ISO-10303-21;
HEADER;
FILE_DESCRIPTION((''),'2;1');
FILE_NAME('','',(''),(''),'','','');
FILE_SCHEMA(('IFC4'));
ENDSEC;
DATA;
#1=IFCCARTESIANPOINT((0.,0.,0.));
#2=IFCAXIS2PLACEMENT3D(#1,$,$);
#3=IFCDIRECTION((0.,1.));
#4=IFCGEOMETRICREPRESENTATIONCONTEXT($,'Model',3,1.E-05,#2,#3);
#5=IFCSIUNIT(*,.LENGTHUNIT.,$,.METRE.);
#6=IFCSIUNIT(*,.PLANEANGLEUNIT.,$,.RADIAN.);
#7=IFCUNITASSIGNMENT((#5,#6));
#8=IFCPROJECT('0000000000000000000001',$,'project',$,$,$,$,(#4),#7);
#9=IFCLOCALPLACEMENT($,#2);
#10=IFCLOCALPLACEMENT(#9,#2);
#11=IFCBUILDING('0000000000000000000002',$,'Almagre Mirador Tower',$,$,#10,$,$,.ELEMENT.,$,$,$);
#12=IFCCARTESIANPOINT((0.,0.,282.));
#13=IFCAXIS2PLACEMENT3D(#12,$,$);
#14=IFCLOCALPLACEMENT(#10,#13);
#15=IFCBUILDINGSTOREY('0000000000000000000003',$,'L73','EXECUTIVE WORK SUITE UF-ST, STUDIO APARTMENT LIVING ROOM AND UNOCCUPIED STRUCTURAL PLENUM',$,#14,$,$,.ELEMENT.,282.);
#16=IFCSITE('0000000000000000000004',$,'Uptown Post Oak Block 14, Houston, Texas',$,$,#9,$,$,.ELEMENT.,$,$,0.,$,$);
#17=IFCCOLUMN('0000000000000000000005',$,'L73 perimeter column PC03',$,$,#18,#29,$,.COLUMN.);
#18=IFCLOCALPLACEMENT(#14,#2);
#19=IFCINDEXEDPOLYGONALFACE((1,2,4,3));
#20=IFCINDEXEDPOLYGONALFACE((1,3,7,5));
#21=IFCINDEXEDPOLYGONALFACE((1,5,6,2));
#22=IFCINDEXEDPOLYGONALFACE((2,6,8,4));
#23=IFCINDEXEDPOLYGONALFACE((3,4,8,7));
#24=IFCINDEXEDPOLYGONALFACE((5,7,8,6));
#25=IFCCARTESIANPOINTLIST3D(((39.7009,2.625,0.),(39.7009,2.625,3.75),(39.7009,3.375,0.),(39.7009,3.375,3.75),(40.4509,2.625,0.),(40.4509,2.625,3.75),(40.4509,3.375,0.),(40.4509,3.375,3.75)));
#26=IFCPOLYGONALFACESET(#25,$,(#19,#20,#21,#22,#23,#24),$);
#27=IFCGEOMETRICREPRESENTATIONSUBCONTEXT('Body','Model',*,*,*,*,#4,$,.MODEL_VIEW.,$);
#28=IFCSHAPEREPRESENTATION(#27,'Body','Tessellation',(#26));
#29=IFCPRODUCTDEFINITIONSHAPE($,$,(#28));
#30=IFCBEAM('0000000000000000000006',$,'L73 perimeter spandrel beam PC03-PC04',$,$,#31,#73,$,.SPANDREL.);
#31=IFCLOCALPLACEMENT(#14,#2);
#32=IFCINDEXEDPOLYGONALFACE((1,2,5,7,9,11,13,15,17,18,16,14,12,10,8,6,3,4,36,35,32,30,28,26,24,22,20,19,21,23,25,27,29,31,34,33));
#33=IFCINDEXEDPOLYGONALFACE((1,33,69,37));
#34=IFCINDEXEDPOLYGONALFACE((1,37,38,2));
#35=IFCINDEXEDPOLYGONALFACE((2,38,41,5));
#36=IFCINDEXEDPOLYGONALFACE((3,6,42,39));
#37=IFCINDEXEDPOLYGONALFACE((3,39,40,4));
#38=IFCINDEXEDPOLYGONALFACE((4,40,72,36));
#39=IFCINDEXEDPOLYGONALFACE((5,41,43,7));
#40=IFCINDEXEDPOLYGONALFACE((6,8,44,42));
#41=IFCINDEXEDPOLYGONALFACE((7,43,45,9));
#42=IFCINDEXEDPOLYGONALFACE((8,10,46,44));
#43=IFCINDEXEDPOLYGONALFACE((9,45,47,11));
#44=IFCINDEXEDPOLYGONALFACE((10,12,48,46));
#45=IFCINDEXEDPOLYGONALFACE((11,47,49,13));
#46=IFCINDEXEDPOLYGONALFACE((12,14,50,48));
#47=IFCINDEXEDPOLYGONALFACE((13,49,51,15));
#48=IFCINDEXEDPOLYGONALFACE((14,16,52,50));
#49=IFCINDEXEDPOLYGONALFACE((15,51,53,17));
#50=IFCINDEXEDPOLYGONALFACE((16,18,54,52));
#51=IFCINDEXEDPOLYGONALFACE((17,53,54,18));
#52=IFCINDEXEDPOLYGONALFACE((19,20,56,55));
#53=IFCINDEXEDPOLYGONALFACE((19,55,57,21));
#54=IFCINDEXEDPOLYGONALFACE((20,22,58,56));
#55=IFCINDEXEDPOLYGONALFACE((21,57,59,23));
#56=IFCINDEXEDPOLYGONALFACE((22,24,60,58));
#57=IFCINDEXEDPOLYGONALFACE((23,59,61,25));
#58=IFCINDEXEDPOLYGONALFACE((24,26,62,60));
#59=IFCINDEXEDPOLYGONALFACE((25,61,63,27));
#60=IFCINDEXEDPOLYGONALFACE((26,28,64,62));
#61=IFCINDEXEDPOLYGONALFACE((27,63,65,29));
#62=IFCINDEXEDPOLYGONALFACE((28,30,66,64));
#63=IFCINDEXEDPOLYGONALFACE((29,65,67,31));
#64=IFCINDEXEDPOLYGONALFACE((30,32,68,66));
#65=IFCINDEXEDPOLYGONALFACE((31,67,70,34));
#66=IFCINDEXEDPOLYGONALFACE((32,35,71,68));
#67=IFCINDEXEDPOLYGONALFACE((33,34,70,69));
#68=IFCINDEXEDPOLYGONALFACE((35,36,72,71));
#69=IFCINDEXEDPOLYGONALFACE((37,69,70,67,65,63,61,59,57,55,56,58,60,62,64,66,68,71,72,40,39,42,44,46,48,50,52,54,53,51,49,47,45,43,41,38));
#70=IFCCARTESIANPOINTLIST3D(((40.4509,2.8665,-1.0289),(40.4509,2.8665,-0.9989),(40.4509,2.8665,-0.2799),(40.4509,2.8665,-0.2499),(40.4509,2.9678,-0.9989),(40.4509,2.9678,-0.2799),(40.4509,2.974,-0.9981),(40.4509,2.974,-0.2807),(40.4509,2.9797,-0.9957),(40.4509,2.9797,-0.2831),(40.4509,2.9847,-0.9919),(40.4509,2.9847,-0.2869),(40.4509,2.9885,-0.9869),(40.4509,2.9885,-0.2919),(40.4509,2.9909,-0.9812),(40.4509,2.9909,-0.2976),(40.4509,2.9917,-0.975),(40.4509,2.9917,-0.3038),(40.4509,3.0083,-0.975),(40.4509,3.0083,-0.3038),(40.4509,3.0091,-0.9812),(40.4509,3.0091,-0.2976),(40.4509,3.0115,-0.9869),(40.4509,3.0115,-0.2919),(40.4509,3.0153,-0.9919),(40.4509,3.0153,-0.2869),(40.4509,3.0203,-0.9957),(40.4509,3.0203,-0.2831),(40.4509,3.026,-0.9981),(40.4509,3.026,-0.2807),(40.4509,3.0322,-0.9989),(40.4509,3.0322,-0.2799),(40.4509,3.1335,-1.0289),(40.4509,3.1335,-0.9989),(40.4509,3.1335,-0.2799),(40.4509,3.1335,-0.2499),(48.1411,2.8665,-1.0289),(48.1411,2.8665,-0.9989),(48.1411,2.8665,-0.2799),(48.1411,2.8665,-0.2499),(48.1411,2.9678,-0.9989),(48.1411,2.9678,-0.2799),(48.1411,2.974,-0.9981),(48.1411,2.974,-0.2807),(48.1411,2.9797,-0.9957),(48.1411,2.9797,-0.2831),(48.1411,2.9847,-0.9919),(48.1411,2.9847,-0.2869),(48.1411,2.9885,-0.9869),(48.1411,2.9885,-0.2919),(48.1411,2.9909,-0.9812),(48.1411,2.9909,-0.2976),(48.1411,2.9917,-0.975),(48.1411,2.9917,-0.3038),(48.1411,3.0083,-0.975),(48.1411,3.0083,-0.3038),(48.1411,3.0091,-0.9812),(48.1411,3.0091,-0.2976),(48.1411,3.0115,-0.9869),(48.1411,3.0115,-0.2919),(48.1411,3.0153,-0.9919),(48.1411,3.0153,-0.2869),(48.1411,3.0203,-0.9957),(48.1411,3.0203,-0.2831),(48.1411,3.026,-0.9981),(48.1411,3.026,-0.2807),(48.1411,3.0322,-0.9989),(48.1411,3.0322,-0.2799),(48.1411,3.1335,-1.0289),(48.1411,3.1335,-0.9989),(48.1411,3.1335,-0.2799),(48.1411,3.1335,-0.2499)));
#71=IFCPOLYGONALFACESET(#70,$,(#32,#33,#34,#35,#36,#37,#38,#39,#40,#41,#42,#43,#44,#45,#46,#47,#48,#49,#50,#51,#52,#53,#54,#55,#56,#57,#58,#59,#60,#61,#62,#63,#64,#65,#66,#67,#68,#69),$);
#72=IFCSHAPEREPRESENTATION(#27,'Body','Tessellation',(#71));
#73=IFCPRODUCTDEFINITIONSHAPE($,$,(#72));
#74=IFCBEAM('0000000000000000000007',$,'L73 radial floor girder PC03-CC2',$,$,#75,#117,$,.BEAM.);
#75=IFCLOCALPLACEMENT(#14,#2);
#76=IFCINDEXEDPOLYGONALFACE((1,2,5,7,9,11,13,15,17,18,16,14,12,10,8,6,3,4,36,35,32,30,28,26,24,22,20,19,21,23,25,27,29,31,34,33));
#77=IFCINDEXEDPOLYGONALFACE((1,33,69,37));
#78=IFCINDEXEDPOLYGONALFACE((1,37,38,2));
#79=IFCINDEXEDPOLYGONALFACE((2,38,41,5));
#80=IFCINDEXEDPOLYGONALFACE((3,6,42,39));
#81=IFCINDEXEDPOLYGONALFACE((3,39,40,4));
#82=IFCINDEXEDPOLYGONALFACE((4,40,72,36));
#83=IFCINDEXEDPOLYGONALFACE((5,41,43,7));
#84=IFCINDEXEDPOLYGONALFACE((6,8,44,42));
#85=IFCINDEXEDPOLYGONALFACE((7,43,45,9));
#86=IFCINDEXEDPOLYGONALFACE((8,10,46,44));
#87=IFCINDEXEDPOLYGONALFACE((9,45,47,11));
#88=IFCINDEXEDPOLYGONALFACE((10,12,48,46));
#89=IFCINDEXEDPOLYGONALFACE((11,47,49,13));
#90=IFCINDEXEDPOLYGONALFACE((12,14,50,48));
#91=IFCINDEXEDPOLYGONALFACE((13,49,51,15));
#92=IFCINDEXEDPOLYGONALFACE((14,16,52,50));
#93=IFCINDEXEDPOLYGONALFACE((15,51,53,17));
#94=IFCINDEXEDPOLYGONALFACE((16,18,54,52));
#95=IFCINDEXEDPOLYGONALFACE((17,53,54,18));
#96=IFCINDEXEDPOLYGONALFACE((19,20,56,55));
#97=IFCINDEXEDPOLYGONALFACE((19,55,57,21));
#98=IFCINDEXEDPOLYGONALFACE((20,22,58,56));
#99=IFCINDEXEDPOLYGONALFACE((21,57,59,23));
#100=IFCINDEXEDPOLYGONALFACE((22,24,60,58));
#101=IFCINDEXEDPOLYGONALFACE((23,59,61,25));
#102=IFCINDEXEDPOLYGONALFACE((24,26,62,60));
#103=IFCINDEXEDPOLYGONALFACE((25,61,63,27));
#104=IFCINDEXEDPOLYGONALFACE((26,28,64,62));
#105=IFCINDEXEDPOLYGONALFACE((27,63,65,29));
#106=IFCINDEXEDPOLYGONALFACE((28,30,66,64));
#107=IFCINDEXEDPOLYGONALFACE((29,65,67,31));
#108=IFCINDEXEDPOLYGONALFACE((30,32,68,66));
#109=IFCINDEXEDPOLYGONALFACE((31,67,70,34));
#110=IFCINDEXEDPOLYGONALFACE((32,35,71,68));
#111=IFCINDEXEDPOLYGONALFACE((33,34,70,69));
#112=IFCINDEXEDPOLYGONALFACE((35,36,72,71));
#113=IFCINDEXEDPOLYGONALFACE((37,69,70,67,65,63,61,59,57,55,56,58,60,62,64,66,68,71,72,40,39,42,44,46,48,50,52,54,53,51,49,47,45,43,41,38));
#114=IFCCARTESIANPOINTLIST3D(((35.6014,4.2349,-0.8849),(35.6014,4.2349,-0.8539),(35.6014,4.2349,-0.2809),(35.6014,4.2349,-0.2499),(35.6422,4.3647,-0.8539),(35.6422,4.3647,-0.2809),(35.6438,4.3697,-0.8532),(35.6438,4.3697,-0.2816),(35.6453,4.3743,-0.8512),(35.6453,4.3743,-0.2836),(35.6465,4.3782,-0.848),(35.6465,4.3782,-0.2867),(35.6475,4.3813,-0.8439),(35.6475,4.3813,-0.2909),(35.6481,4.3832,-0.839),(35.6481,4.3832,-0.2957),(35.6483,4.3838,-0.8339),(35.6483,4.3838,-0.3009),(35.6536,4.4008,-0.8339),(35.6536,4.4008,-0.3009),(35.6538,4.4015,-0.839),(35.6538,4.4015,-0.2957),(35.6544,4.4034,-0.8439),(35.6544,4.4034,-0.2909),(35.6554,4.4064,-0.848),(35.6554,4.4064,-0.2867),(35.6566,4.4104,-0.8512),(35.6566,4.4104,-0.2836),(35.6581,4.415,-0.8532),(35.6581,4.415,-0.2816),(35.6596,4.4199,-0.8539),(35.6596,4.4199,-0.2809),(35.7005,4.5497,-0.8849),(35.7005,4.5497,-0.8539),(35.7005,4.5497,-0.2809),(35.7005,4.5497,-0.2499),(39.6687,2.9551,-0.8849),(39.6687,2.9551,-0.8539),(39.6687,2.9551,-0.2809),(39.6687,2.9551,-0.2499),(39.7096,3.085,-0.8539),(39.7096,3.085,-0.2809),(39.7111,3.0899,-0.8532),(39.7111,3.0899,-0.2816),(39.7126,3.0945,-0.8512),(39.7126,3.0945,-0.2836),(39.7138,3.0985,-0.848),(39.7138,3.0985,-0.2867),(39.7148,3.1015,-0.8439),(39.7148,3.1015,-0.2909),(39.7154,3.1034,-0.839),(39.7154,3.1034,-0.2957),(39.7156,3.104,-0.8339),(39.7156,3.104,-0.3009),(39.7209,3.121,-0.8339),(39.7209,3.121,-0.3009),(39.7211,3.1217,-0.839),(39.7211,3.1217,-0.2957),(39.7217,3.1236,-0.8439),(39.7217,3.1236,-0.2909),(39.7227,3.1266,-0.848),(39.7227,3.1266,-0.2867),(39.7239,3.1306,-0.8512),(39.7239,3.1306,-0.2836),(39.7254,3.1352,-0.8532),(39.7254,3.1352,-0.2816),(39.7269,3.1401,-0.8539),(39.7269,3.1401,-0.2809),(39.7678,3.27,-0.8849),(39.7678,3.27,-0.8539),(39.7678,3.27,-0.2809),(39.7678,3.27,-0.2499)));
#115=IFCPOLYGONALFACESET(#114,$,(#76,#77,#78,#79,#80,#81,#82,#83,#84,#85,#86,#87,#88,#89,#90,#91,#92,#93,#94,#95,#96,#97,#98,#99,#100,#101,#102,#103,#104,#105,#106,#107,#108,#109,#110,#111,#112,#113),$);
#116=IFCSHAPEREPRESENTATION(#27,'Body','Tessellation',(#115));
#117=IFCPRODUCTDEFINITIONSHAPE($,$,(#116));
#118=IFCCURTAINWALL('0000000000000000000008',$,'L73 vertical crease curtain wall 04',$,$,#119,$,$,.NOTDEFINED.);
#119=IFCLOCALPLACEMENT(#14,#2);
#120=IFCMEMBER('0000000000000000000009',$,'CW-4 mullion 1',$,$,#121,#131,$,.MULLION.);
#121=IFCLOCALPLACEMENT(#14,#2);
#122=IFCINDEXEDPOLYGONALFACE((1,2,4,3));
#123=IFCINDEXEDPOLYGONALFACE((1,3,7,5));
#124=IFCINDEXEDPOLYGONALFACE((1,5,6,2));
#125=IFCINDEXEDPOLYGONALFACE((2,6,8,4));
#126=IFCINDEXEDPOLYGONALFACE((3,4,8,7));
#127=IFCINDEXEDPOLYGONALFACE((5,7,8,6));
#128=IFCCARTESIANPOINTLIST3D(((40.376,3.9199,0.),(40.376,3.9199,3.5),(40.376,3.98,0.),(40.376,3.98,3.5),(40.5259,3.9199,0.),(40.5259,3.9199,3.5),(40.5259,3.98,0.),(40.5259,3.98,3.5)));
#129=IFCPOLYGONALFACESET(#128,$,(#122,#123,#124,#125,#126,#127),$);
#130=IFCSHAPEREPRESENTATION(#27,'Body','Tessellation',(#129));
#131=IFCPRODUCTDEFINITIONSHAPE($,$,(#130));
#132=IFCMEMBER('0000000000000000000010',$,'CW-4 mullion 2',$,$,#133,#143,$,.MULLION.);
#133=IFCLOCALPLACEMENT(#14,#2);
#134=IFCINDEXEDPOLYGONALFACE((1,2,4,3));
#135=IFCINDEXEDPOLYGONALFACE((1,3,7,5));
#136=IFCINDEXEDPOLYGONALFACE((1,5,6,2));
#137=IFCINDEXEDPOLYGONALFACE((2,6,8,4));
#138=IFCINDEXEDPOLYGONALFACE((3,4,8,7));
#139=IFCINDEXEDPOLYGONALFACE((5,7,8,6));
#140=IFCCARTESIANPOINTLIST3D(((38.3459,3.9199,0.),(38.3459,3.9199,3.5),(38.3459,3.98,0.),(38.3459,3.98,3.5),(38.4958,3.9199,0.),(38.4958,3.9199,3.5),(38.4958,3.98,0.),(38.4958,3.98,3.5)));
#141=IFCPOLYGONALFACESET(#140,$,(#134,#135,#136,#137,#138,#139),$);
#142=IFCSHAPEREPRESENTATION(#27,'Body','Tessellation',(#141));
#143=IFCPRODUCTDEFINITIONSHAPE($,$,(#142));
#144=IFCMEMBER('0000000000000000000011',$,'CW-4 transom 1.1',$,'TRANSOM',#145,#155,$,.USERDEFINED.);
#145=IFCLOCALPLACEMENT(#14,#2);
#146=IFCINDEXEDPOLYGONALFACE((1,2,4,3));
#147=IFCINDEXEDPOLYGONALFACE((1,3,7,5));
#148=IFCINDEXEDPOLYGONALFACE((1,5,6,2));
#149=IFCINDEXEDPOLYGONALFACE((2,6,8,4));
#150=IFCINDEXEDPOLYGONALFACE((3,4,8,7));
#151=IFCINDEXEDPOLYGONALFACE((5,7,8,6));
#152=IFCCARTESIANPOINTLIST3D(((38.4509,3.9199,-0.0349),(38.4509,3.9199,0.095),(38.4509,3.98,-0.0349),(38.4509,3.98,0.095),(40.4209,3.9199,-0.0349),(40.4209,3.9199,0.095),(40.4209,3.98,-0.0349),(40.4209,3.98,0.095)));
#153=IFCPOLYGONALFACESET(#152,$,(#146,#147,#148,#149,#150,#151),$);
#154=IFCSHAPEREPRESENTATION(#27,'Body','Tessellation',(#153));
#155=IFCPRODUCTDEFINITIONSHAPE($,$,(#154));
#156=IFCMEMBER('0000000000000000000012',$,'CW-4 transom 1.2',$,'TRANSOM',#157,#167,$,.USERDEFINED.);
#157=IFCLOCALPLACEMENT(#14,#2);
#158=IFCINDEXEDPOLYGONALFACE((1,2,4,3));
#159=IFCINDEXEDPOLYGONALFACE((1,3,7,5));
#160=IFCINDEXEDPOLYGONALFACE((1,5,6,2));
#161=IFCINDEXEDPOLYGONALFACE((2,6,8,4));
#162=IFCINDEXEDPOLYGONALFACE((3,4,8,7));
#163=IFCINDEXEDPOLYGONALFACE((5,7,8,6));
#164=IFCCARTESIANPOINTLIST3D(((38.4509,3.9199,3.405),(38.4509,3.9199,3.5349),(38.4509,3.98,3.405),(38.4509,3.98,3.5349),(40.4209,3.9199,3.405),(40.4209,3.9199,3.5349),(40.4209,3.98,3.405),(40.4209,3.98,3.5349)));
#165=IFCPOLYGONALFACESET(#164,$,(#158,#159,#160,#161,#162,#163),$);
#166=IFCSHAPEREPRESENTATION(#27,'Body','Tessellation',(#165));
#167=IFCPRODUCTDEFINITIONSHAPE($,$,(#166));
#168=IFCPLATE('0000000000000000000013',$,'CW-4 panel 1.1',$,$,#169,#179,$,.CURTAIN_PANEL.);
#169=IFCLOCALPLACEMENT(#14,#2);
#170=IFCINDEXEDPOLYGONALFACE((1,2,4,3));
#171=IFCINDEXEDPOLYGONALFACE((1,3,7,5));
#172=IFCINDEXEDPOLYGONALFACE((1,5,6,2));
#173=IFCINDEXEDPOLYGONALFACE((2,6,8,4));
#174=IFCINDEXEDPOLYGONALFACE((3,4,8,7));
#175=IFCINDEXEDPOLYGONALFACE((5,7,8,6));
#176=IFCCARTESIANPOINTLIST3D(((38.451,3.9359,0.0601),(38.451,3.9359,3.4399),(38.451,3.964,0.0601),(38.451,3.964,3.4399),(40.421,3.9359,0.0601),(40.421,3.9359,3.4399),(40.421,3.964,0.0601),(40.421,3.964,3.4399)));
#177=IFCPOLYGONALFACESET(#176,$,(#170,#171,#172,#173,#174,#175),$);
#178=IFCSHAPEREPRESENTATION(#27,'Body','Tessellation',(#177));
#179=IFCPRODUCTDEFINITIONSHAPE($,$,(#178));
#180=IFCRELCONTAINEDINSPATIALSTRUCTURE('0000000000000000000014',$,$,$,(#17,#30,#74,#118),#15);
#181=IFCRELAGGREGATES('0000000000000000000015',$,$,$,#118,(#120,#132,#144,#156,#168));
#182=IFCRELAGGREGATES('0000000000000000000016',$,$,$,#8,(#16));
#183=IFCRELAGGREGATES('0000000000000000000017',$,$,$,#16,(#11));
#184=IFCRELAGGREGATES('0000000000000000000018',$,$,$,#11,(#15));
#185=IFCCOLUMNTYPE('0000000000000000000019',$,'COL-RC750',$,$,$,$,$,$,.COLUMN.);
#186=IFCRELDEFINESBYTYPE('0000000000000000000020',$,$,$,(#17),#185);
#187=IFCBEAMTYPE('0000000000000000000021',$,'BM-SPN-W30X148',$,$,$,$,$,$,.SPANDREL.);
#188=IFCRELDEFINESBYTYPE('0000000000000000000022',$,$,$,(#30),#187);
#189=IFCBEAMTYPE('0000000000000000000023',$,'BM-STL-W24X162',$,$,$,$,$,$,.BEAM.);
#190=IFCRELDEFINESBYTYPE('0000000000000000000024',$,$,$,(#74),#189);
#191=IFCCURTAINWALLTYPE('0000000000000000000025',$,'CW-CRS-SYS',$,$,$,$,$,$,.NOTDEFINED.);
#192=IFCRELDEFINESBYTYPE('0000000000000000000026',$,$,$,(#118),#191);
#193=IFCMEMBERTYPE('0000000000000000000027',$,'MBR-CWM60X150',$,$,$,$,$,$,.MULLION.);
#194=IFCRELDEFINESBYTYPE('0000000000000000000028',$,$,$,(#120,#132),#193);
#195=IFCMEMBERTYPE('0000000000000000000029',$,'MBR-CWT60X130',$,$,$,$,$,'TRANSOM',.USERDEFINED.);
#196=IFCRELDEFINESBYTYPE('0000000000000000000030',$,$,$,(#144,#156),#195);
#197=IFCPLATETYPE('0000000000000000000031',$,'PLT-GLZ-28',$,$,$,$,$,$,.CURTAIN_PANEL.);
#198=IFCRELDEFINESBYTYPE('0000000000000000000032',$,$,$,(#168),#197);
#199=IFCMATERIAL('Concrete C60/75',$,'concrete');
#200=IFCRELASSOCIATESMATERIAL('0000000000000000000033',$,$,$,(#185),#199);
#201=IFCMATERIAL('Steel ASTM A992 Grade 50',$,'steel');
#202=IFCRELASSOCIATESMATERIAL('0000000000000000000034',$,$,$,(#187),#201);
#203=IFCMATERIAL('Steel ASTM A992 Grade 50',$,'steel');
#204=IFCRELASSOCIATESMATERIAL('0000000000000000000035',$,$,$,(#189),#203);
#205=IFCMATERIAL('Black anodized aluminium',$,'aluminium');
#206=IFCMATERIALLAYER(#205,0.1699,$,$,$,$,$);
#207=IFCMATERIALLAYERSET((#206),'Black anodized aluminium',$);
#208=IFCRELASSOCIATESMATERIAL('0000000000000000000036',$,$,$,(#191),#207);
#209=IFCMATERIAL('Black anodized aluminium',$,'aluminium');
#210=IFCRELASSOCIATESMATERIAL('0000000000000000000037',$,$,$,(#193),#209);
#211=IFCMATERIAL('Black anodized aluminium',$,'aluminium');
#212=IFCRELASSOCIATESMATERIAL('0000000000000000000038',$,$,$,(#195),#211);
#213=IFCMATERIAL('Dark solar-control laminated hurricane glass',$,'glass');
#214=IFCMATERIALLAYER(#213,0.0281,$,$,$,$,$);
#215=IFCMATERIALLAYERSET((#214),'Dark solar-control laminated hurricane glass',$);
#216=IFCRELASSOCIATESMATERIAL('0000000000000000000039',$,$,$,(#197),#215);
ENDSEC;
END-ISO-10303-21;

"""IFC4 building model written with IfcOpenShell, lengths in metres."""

from ifc_helpers import new_model, si_unit, direction, frame, origin, origin_2d, place, context, subcontext, project, spatial, rectangle, i_section, extrude, material, layer, layer_set, material_profile, profile_set, type_object, element, aggregate, save


model = new_model("IFC4")

# Units and contexts
model_context = context("Model", 3, precision=1e-05, world=origin(), true_north=direction((0.0, 1.0)))
body_context = subcontext(model_context, "Body", "Model", "MODEL_VIEW")
ifc_project = project(units=[si_unit("LENGTHUNIT", "METRE"), si_unit("PLANEANGLEUNIT", "RADIAN")], contexts=[model_context])

# Site, building, storey
site_placement = place(None, origin())
site = spatial("IfcSite", under=ifc_project, at=site_placement, Name="Uptown Post Oak Block 14, Houston, Texas", CompositionType="ELEMENT", RefElevation=0.0)
building_placement = place(site_placement, origin())
building = spatial("IfcBuilding", under=site, at=building_placement, Name="Almagre Mirador Tower", CompositionType="ELEMENT")
storey_placement = place(building_placement, frame((0.0, 0.0, 282.0)))
storey = spatial("IfcBuildingStorey", under=building, at=storey_placement, Name="L73", Description="EXECUTIVE WORK SUITE UF-ST, STUDIO APARTMENT LIVING ROOM AND UNOCCUPIED STRUCTURAL PLENUM", CompositionType="ELEMENT", Elevation=282.0)

# Column
ifc_material_1 = material(Name="Concrete C60/75", Category="concrete")
ifc_material_profile_1 = material_profile(ifc_material_1, rectangle(XDim=0.75, YDim=0.75, at=origin_2d()), Name="RC750X750")
ifc_profile_set_1 = profile_set([ifc_material_profile_1], Name="Concrete C60/75")
column_type = type_object("IfcColumnType", Name="COL-RC750", PredefinedType="COLUMN", material=ifc_profile_set_1)
column_placement = place(storey_placement, frame((40.0759, 3.0, 0.0), z_axis=(0.0, 0.0, 1.0), x_axis=(1.0, 0.0, 0.0)))
element("IfcColumn", 1, at=column_placement, inside=storey, type_object=column_type, Name="L73 perimeter column PC03", PredefinedType="COLUMN", context=body_context, shape_type="SweptSolid", body=[
    extrude(rectangle(XDim=0.75, YDim=0.75, at=origin_2d()), origin(), (0.0, 0.0, 1.0), 3.75),
])

# Beams
ifc_material_2 = material(Name="Steel ASTM A992 Grade 50", Category="steel")
ifc_material_profile_2 = material_profile(ifc_material_2, i_section(OverallWidth=0.2671, OverallDepth=0.7791, WebThickness=0.0166, FlangeThickness=0.03, FilletRadius=0.0239, at=origin_2d()), Name="W30X148")
ifc_profile_set_2 = profile_set([ifc_material_profile_2], Name="Steel ASTM A992 Grade 50")
beam_type_1 = type_object("IfcBeamType", Name="BM-SPN-W30X148", PredefinedType="SPANDREL", material=ifc_profile_set_2)
beam_1_placement = place(storey_placement, frame((40.4509, 3.0, -0.6394), z_axis=(1.0, 0.0, 0.0), x_axis=(0.0, 1.0, 0.0)))
element("IfcBeam", 2, at=beam_1_placement, inside=storey, type_object=beam_type_1, Name="L73 perimeter spandrel beam PC03-PC04", PredefinedType="SPANDREL", context=body_context, shape_type="SweptSolid", body=[
    extrude(i_section(OverallWidth=0.2671, OverallDepth=0.7791, WebThickness=0.0166, FlangeThickness=0.03, FilletRadius=0.0239, at=origin_2d()), origin(), (0.0, 0.0, 1.0), 7.6902),
])
ifc_material_3 = material(Name="Steel ASTM A992 Grade 50", Category="steel")
ifc_material_profile_3 = material_profile(ifc_material_3, i_section(OverallWidth=0.3301, OverallDepth=0.635, WebThickness=0.0178, FlangeThickness=0.031, FilletRadius=0.02, at=origin_2d()), Name="W24X162")
ifc_profile_set_3 = profile_set([ifc_material_profile_3], Name="Steel ASTM A992 Grade 50")
beam_type_2 = type_object("IfcBeamType", Name="BM-STL-W24X162", PredefinedType="BEAM", material=ifc_profile_set_3)
beam_2_placement = place(storey_placement, frame((39.7183, 3.1125, -0.5674), z_axis=(-0.953895, 0.300139, 0.0), x_axis=(-0.300139, -0.953895, 0.0)))
element("IfcBeam", 3, at=beam_2_placement, inside=storey, type_object=beam_type_2, Name="L73 radial floor girder PC03-CC2", PredefinedType="BEAM", context=body_context, shape_type="SweptSolid", body=[
    extrude(i_section(OverallWidth=0.3301, OverallDepth=0.635, WebThickness=0.0178, FlangeThickness=0.031, FilletRadius=0.02, at=origin_2d()), origin(), (0.0, 0.0, 1.0), 4.2639),
])

# Curtain wall, members, plate
ifc_material_4 = material(Name="Black anodized aluminium", Category="aluminium")
ifc_layer_1 = layer(ifc_material_4, 0.1699)
ifc_layer_set_1 = layer_set([ifc_layer_1], Name="Black anodized aluminium")
curtain_wall_type = type_object("IfcCurtainWallType", Name="CW-CRS-SYS", PredefinedType="NOTDEFINED", material=ifc_layer_set_1)
curtain_wall_placement = place(storey_placement, origin())
curtain_wall = element("IfcCurtainWall", 4, at=curtain_wall_placement, inside=storey, type_object=curtain_wall_type, Name="L73 vertical crease curtain wall 04", PredefinedType="NOTDEFINED")
ifc_material_5 = material(Name="Black anodized aluminium", Category="aluminium")
ifc_material_profile_4 = material_profile(ifc_material_5, rectangle(XDim=0.0601, YDim=0.1499, at=origin_2d()), Name="CWM60X150")
ifc_profile_set_4 = profile_set([ifc_material_profile_4], Name="Black anodized aluminium")
member_type_1 = type_object("IfcMemberType", Name="MBR-CWM60X150", PredefinedType="MULLION", material=ifc_profile_set_4)
member_1_placement = place(storey_placement, frame((40.4509, 3.95, 0.0), z_axis=(0.0, 0.0, 1.0), x_axis=(0.0, -1.0, 0.0)))
member_1 = element("IfcMember", 5, at=member_1_placement, type_object=member_type_1, Name="CW-4 mullion 1", PredefinedType="MULLION", context=body_context, shape_type="SweptSolid", body=[
    extrude(rectangle(XDim=0.0601, YDim=0.1499, at=origin_2d()), origin(), (0.0, 0.0, 1.0), 3.5),
])
member_2_placement = place(storey_placement, frame((38.4209, 3.95, 0.0), z_axis=(0.0, 0.0, 1.0), x_axis=(0.0, -1.0, 0.0)))
member_2 = element("IfcMember", 6, at=member_2_placement, type_object=member_type_1, Name="CW-4 mullion 2", PredefinedType="MULLION", context=body_context, shape_type="SweptSolid", body=[
    extrude(rectangle(XDim=0.0601, YDim=0.1499, at=origin_2d()), origin(), (0.0, 0.0, 1.0), 3.5),
])
ifc_material_6 = material(Name="Black anodized aluminium", Category="aluminium")
ifc_material_profile_5 = material_profile(ifc_material_6, rectangle(XDim=0.0601, YDim=0.1299, at=origin_2d()), Name="CWT60X130")
ifc_profile_set_5 = profile_set([ifc_material_profile_5], Name="Black anodized aluminium")
member_type_2 = type_object("IfcMemberType", Name="MBR-CWT60X130", ElementType="TRANSOM", PredefinedType="USERDEFINED", material=ifc_profile_set_5)
member_3_placement = place(storey_placement, frame((40.4209, 3.95, 0.03), z_axis=(-1.0, 0.0, 0.0), x_axis=(0.0, -1.0, 0.0)))
member_3 = element("IfcMember", 7, at=member_3_placement, type_object=member_type_2, Name="CW-4 transom 1.1", ObjectType="TRANSOM", PredefinedType="USERDEFINED", context=body_context, shape_type="SweptSolid", body=[
    extrude(rectangle(XDim=0.0601, YDim=0.1299, at=origin_2d()), origin(), (0.0, 0.0, 1.0), 1.97),
])
member_4_placement = place(storey_placement, frame((40.4209, 3.95, 3.47), z_axis=(-1.0, 0.0, 0.0), x_axis=(0.0, -1.0, 0.0)))
member_4 = element("IfcMember", 8, at=member_4_placement, type_object=member_type_2, Name="CW-4 transom 1.2", ObjectType="TRANSOM", PredefinedType="USERDEFINED", context=body_context, shape_type="SweptSolid", body=[
    extrude(rectangle(XDim=0.0601, YDim=0.1299, at=origin_2d()), origin(), (0.0, 0.0, 1.0), 1.97),
])
ifc_material_7 = material(Name="Dark solar-control laminated hurricane glass", Category="glass")
ifc_layer_2 = layer(ifc_material_7, 0.0281)
ifc_layer_set_2 = layer_set([ifc_layer_2], Name="Dark solar-control laminated hurricane glass")
plate_type = type_object("IfcPlateType", Name="PLT-GLZ-28", PredefinedType="CURTAIN_PANEL", material=ifc_layer_set_2)
plate_placement = place(storey_placement, frame((39.436, 3.95, 0.0601), z_axis=(0.0, 0.0, 1.0), x_axis=(-1.0, 0.0, 0.0)))
plate = element("IfcPlate", 9, at=plate_placement, type_object=plate_type, Name="CW-4 panel 1.1", PredefinedType="CURTAIN_PANEL", context=body_context, shape_type="SweptSolid", body=[
    extrude(rectangle(XDim=1.97, YDim=0.0281, at=origin_2d()), origin(), (0.0, 0.0, 1.0), 3.3799),
])
aggregate(curtain_wall, [member_1, member_2, member_3, member_4, plate])

save(model, "model.ifc")
